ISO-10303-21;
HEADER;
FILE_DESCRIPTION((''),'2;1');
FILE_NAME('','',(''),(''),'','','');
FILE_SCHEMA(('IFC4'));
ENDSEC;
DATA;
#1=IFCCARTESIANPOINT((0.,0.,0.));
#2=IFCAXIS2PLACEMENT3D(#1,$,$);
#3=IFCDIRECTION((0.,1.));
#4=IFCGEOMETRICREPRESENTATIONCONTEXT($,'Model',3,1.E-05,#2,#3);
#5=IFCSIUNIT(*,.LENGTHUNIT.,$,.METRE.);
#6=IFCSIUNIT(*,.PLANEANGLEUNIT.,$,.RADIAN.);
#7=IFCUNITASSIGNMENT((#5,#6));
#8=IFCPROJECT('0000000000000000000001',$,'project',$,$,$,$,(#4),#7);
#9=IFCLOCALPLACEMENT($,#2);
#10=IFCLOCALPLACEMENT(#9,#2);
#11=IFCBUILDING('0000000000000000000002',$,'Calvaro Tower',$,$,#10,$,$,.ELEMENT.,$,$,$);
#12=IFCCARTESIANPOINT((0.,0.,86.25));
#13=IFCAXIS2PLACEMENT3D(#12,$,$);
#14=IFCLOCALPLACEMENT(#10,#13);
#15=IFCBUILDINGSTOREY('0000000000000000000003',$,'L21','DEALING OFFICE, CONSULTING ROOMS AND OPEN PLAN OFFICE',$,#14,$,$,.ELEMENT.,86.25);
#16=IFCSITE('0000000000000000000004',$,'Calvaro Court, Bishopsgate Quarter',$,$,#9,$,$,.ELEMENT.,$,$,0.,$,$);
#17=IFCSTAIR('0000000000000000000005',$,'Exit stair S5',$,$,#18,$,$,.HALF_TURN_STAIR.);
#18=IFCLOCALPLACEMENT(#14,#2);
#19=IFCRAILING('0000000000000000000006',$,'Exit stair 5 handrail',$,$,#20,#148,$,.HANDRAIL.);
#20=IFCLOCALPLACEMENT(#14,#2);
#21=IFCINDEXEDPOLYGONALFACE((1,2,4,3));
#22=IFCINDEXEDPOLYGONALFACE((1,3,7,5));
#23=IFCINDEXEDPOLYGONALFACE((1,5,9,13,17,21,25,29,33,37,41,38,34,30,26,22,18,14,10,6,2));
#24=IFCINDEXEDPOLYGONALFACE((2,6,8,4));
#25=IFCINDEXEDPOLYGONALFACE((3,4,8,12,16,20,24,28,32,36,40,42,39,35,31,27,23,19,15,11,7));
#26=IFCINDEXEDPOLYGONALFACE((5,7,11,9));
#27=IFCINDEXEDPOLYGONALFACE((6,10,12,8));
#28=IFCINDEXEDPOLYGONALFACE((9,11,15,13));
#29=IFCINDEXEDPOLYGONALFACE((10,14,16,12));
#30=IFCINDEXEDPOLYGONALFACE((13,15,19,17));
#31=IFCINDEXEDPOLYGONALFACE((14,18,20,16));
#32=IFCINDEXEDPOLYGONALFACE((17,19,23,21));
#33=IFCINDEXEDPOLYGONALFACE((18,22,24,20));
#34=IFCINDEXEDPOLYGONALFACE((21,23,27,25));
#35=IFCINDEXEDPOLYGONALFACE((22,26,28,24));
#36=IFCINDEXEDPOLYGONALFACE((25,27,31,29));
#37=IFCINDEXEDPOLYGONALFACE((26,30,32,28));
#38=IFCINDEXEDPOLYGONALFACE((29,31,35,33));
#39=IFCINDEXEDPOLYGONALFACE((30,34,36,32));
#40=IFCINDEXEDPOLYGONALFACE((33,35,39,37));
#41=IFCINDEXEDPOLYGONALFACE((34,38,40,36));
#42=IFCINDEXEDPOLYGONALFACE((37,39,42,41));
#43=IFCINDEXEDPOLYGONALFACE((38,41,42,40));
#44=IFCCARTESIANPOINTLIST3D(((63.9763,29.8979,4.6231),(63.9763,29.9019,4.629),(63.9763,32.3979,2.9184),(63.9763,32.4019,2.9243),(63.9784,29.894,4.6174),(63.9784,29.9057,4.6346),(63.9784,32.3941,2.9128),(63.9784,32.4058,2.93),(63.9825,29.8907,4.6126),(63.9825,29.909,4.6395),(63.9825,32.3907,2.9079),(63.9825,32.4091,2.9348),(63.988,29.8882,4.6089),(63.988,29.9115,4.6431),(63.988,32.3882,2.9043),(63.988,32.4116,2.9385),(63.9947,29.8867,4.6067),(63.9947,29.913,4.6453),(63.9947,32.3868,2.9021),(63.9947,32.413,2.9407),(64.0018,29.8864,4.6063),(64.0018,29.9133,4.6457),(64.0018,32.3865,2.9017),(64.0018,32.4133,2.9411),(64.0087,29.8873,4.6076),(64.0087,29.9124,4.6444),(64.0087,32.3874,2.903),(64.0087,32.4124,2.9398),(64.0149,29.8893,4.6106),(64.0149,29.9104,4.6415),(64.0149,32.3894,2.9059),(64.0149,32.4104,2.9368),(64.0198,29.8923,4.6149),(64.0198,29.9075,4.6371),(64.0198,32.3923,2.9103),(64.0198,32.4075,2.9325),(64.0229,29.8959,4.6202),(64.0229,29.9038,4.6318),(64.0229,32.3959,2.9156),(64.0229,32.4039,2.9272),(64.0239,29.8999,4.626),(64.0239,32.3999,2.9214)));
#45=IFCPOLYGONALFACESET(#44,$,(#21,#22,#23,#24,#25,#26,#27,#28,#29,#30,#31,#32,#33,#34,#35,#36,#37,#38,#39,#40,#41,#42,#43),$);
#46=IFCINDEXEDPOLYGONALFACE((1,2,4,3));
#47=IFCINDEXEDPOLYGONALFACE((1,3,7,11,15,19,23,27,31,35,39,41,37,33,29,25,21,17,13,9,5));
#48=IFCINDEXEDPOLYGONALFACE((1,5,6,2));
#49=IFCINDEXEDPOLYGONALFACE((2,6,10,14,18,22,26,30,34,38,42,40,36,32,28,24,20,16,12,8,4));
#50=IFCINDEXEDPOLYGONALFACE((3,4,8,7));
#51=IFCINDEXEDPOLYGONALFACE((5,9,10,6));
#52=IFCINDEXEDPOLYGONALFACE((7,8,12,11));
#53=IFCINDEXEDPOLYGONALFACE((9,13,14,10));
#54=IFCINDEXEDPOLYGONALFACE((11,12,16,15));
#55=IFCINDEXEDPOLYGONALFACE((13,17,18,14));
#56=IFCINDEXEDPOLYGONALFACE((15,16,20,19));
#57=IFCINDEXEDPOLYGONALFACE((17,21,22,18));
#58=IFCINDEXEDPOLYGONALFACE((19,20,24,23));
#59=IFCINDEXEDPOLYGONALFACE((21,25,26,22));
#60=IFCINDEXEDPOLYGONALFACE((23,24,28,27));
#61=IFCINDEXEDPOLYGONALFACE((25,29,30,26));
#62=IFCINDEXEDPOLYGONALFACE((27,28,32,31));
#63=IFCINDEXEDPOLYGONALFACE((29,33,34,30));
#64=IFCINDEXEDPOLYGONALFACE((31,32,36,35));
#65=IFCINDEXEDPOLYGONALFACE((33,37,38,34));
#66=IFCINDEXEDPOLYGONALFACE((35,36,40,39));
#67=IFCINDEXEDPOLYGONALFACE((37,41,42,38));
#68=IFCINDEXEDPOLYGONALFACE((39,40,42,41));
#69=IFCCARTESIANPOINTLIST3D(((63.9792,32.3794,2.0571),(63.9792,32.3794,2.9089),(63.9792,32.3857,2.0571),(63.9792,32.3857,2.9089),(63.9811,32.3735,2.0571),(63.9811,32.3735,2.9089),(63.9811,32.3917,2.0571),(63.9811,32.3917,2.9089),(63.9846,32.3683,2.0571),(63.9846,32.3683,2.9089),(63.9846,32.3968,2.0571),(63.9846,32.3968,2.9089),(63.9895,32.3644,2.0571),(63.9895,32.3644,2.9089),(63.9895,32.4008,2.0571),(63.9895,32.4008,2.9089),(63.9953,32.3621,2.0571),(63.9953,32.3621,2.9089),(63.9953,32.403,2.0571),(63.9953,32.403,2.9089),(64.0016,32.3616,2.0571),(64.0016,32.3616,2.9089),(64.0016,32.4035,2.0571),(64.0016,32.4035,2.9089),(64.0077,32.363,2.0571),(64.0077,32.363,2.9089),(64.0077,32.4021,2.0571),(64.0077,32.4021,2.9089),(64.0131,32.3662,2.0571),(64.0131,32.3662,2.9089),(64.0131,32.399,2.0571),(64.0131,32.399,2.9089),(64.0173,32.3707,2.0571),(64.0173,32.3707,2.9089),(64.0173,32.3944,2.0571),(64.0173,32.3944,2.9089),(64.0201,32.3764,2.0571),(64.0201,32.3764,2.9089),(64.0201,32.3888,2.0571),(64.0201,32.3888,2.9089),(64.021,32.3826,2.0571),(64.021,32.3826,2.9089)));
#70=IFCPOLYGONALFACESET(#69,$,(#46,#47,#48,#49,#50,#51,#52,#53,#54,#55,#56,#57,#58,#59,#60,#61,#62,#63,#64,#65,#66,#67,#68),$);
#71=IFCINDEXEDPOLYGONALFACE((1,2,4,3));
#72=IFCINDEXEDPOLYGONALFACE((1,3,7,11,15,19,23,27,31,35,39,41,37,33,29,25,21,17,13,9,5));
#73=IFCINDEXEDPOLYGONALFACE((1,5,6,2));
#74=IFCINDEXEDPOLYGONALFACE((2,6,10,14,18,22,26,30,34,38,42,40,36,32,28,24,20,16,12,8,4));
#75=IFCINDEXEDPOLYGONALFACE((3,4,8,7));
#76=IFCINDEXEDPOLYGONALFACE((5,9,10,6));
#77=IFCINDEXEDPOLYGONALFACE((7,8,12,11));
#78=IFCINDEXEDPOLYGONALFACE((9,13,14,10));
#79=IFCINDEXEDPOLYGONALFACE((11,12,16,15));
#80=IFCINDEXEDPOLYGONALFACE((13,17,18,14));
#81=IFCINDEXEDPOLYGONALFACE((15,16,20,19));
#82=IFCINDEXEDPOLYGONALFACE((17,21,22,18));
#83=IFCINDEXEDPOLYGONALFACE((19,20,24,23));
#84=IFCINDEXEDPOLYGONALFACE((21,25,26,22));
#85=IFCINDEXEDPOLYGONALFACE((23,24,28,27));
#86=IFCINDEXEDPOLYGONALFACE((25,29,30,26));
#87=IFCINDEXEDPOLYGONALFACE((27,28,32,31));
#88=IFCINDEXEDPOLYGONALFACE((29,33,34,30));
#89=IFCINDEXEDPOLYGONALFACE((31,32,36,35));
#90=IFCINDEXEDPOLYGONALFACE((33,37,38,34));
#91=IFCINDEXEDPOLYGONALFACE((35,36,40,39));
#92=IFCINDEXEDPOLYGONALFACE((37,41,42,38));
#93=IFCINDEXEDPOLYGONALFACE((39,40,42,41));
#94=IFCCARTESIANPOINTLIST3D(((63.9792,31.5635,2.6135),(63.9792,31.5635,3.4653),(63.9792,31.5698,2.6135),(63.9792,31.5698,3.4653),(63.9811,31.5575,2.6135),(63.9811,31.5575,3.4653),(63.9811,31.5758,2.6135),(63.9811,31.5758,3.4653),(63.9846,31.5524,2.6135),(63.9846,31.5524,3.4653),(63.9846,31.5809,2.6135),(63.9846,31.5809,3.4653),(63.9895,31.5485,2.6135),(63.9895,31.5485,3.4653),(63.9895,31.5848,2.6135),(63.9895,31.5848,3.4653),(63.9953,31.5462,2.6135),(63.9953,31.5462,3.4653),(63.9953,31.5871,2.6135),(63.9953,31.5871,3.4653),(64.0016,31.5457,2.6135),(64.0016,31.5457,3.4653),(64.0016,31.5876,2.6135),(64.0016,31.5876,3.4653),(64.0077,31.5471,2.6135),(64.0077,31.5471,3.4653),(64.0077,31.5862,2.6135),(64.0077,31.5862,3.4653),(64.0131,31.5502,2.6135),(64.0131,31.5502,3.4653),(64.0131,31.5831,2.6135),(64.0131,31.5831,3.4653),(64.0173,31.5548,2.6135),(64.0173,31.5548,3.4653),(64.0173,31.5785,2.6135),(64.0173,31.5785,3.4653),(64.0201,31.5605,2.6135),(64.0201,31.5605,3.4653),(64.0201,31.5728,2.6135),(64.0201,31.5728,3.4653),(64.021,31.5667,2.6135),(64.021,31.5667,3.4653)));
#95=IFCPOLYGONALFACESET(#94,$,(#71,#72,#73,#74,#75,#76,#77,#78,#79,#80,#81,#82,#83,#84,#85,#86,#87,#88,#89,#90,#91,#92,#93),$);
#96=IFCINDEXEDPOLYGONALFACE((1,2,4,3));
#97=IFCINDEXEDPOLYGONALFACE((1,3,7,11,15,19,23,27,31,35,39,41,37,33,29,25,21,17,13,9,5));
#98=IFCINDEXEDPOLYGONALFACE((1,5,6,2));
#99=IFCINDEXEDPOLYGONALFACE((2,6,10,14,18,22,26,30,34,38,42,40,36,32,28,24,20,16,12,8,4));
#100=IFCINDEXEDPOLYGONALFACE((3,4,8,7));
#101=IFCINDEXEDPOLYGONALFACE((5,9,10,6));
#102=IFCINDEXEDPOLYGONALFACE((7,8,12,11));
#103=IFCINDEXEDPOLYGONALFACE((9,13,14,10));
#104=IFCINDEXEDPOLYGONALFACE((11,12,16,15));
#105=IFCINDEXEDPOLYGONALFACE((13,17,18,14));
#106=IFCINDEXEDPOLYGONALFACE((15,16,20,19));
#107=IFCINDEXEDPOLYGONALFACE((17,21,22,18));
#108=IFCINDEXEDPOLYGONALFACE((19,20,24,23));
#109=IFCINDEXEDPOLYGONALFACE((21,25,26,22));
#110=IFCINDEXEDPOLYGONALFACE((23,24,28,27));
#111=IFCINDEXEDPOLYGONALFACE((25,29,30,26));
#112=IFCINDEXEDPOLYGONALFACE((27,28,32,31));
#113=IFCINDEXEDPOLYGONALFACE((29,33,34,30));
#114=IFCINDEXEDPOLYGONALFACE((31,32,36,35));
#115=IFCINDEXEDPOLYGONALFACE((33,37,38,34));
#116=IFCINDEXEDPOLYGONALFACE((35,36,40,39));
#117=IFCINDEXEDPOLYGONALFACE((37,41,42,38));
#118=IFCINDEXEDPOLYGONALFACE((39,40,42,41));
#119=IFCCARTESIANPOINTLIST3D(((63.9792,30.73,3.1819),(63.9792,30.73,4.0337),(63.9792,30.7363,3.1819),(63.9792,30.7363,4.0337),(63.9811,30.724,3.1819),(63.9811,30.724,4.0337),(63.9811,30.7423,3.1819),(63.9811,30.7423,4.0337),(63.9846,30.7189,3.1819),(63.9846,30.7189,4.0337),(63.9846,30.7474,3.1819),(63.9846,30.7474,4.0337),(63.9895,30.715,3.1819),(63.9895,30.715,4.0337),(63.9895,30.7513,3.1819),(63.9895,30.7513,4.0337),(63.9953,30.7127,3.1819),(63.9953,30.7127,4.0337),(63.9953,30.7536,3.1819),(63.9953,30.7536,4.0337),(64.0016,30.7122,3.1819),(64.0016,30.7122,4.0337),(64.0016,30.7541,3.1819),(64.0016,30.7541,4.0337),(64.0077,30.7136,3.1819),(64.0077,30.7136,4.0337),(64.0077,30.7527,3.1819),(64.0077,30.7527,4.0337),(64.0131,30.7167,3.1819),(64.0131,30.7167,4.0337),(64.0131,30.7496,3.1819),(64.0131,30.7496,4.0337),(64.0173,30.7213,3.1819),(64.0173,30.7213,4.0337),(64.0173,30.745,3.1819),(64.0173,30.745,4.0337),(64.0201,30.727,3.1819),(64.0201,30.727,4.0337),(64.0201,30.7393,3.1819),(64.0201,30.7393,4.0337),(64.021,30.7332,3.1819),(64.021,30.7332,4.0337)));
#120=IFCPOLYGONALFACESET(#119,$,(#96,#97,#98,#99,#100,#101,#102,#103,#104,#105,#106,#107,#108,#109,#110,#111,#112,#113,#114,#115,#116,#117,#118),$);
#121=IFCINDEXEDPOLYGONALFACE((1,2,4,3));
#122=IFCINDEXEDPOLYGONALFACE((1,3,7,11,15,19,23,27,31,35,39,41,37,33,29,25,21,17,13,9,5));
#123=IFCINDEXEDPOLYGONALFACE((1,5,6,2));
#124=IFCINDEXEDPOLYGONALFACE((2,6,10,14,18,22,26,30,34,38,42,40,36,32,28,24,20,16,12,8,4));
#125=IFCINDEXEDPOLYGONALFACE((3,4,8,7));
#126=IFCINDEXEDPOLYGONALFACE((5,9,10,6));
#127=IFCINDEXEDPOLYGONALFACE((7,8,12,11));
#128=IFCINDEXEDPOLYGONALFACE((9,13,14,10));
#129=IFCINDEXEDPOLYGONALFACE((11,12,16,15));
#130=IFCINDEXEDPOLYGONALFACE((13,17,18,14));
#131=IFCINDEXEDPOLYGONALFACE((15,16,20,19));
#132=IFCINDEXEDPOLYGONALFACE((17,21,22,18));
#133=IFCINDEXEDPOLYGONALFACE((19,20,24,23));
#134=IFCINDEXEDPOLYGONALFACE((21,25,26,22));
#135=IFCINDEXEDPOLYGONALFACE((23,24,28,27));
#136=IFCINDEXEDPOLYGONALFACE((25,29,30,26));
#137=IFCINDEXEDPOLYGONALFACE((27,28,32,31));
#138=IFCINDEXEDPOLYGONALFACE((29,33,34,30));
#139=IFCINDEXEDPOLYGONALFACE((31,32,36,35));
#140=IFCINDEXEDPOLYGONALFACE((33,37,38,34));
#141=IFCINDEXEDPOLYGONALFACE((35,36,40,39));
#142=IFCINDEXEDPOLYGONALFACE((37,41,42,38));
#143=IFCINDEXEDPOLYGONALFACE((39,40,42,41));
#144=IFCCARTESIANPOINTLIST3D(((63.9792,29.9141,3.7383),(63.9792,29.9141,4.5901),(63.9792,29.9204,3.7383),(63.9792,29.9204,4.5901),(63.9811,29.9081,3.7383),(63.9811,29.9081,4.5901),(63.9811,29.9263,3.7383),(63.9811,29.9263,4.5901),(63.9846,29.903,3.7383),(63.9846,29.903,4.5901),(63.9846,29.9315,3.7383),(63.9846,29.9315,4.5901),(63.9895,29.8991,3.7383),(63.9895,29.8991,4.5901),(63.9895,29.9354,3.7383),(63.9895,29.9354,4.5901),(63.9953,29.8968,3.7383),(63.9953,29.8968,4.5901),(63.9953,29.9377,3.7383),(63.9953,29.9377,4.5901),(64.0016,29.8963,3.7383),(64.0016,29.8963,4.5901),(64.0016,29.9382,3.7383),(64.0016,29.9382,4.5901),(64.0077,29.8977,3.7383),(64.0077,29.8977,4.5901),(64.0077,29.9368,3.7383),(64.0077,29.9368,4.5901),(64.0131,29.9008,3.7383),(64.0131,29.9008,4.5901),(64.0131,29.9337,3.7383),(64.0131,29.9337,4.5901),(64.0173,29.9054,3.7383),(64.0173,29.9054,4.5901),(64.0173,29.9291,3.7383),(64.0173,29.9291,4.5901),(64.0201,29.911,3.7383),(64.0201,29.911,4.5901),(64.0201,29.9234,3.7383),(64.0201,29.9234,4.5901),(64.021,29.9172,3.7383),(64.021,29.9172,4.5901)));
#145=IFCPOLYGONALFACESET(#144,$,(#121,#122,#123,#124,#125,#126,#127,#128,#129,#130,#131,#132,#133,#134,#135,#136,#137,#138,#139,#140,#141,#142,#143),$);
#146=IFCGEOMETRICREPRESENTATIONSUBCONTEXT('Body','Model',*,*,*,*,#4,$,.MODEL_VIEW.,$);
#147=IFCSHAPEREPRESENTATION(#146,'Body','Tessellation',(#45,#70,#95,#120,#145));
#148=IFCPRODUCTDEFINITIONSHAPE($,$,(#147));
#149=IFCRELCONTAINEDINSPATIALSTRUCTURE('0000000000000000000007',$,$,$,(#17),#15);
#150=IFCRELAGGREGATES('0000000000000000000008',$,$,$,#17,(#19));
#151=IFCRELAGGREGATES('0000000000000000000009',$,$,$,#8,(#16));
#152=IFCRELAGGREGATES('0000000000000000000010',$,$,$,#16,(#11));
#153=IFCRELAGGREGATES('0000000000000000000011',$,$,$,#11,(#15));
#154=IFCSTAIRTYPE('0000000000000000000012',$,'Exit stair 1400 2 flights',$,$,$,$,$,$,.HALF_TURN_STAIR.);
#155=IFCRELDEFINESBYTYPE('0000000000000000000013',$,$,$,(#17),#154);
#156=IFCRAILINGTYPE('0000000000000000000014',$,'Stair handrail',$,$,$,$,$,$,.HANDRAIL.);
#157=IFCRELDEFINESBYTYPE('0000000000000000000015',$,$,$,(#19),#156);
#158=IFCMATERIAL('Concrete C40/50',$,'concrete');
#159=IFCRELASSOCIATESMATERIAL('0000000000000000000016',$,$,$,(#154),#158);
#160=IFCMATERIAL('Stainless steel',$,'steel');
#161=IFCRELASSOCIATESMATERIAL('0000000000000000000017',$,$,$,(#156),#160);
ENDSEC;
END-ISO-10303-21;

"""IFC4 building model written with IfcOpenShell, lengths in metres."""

from ifc_helpers import new_model, si_unit, direction, frame, origin, origin_2d, place, context, subcontext, project, spatial, circle, extrude, material, type_object, element, aggregate, save


model = new_model("IFC4")

# Units and contexts
model_context = context("Model", 3, precision=1e-05, world=origin(), true_north=direction((0.0, 1.0)))
body_context = subcontext(model_context, "Body", "Model", "MODEL_VIEW")
ifc_project = project(units=[si_unit("LENGTHUNIT", "METRE"), si_unit("PLANEANGLEUNIT", "RADIAN")], contexts=[model_context])

# Site, building, storey
site_placement = place(None, origin())
site = spatial("IfcSite", under=ifc_project, at=site_placement, Name="Calvaro Court, Bishopsgate Quarter", CompositionType="ELEMENT", RefElevation=0.0)
building_placement = place(site_placement, origin())
building = spatial("IfcBuilding", under=site, at=building_placement, Name="Calvaro Tower", CompositionType="ELEMENT")
storey_placement = place(building_placement, frame((0.0, 0.0, 86.25)))
storey = spatial("IfcBuildingStorey", under=building, at=storey_placement, Name="L21", Description="DEALING OFFICE, CONSULTING ROOMS AND OPEN PLAN OFFICE", CompositionType="ELEMENT", Elevation=86.25)

# Stair
ifc_material_1 = material(Name="Concrete C40/50", Category="concrete")
stair_type = type_object("IfcStairType", Name="Exit stair 1400 2 flights", PredefinedType="HALF_TURN_STAIR", material=ifc_material_1)
stair_1_placement = place(storey_placement, origin())
stair_1 = element("IfcStair", 1, at=stair_1_placement, inside=storey, type_object=stair_type, Name="Exit stair S5", PredefinedType="HALF_TURN_STAIR")

# Shared definitions
ifc_material_2 = material(Name="Stainless steel", Category="steel")
railing_type = type_object("IfcRailingType", Name="Stair handrail", PredefinedType="HANDRAIL", material=ifc_material_2)

# Railing
railing_1_placement = place(storey_placement, frame((64.0, 32.3999, 2.0454)))
railing_1 = element("IfcRailing", 2, at=railing_1_placement, type_object=railing_type, Name="Exit stair 5 handrail", PredefinedType="HANDRAIL", context=body_context, shape_type="SweptSolid", body=[
    extrude(circle(Radius=0.0239, at=origin_2d()), frame((0.0, 0.0, 0.876), z_axis=(0.0, -0.826221, 0.563347), x_axis=(1.0, 0.0, 0.0)), (0.0, 0.0, 1.0), 3.0259),
    extrude(circle(Radius=0.021, at=origin_2d()), frame((0.0, -0.0173, 0.0117)), (0.0, 0.0, 1.0), 0.8518),
    extrude(circle(Radius=0.021, at=origin_2d()), frame((0.0, -0.8333, 0.5681)), (0.0, 0.0, 1.0), 0.8518),
    extrude(circle(Radius=0.021, at=origin_2d()), frame((0.0, -1.6667, 1.1365)), (0.0, 0.0, 1.0), 0.8518),
    extrude(circle(Radius=0.021, at=origin_2d()), frame((0.0, -2.4827, 1.6929)), (0.0, 0.0, 1.0), 0.8518),
])
aggregate(stair_1, [railing_1])

save(model, "model.ifc")
